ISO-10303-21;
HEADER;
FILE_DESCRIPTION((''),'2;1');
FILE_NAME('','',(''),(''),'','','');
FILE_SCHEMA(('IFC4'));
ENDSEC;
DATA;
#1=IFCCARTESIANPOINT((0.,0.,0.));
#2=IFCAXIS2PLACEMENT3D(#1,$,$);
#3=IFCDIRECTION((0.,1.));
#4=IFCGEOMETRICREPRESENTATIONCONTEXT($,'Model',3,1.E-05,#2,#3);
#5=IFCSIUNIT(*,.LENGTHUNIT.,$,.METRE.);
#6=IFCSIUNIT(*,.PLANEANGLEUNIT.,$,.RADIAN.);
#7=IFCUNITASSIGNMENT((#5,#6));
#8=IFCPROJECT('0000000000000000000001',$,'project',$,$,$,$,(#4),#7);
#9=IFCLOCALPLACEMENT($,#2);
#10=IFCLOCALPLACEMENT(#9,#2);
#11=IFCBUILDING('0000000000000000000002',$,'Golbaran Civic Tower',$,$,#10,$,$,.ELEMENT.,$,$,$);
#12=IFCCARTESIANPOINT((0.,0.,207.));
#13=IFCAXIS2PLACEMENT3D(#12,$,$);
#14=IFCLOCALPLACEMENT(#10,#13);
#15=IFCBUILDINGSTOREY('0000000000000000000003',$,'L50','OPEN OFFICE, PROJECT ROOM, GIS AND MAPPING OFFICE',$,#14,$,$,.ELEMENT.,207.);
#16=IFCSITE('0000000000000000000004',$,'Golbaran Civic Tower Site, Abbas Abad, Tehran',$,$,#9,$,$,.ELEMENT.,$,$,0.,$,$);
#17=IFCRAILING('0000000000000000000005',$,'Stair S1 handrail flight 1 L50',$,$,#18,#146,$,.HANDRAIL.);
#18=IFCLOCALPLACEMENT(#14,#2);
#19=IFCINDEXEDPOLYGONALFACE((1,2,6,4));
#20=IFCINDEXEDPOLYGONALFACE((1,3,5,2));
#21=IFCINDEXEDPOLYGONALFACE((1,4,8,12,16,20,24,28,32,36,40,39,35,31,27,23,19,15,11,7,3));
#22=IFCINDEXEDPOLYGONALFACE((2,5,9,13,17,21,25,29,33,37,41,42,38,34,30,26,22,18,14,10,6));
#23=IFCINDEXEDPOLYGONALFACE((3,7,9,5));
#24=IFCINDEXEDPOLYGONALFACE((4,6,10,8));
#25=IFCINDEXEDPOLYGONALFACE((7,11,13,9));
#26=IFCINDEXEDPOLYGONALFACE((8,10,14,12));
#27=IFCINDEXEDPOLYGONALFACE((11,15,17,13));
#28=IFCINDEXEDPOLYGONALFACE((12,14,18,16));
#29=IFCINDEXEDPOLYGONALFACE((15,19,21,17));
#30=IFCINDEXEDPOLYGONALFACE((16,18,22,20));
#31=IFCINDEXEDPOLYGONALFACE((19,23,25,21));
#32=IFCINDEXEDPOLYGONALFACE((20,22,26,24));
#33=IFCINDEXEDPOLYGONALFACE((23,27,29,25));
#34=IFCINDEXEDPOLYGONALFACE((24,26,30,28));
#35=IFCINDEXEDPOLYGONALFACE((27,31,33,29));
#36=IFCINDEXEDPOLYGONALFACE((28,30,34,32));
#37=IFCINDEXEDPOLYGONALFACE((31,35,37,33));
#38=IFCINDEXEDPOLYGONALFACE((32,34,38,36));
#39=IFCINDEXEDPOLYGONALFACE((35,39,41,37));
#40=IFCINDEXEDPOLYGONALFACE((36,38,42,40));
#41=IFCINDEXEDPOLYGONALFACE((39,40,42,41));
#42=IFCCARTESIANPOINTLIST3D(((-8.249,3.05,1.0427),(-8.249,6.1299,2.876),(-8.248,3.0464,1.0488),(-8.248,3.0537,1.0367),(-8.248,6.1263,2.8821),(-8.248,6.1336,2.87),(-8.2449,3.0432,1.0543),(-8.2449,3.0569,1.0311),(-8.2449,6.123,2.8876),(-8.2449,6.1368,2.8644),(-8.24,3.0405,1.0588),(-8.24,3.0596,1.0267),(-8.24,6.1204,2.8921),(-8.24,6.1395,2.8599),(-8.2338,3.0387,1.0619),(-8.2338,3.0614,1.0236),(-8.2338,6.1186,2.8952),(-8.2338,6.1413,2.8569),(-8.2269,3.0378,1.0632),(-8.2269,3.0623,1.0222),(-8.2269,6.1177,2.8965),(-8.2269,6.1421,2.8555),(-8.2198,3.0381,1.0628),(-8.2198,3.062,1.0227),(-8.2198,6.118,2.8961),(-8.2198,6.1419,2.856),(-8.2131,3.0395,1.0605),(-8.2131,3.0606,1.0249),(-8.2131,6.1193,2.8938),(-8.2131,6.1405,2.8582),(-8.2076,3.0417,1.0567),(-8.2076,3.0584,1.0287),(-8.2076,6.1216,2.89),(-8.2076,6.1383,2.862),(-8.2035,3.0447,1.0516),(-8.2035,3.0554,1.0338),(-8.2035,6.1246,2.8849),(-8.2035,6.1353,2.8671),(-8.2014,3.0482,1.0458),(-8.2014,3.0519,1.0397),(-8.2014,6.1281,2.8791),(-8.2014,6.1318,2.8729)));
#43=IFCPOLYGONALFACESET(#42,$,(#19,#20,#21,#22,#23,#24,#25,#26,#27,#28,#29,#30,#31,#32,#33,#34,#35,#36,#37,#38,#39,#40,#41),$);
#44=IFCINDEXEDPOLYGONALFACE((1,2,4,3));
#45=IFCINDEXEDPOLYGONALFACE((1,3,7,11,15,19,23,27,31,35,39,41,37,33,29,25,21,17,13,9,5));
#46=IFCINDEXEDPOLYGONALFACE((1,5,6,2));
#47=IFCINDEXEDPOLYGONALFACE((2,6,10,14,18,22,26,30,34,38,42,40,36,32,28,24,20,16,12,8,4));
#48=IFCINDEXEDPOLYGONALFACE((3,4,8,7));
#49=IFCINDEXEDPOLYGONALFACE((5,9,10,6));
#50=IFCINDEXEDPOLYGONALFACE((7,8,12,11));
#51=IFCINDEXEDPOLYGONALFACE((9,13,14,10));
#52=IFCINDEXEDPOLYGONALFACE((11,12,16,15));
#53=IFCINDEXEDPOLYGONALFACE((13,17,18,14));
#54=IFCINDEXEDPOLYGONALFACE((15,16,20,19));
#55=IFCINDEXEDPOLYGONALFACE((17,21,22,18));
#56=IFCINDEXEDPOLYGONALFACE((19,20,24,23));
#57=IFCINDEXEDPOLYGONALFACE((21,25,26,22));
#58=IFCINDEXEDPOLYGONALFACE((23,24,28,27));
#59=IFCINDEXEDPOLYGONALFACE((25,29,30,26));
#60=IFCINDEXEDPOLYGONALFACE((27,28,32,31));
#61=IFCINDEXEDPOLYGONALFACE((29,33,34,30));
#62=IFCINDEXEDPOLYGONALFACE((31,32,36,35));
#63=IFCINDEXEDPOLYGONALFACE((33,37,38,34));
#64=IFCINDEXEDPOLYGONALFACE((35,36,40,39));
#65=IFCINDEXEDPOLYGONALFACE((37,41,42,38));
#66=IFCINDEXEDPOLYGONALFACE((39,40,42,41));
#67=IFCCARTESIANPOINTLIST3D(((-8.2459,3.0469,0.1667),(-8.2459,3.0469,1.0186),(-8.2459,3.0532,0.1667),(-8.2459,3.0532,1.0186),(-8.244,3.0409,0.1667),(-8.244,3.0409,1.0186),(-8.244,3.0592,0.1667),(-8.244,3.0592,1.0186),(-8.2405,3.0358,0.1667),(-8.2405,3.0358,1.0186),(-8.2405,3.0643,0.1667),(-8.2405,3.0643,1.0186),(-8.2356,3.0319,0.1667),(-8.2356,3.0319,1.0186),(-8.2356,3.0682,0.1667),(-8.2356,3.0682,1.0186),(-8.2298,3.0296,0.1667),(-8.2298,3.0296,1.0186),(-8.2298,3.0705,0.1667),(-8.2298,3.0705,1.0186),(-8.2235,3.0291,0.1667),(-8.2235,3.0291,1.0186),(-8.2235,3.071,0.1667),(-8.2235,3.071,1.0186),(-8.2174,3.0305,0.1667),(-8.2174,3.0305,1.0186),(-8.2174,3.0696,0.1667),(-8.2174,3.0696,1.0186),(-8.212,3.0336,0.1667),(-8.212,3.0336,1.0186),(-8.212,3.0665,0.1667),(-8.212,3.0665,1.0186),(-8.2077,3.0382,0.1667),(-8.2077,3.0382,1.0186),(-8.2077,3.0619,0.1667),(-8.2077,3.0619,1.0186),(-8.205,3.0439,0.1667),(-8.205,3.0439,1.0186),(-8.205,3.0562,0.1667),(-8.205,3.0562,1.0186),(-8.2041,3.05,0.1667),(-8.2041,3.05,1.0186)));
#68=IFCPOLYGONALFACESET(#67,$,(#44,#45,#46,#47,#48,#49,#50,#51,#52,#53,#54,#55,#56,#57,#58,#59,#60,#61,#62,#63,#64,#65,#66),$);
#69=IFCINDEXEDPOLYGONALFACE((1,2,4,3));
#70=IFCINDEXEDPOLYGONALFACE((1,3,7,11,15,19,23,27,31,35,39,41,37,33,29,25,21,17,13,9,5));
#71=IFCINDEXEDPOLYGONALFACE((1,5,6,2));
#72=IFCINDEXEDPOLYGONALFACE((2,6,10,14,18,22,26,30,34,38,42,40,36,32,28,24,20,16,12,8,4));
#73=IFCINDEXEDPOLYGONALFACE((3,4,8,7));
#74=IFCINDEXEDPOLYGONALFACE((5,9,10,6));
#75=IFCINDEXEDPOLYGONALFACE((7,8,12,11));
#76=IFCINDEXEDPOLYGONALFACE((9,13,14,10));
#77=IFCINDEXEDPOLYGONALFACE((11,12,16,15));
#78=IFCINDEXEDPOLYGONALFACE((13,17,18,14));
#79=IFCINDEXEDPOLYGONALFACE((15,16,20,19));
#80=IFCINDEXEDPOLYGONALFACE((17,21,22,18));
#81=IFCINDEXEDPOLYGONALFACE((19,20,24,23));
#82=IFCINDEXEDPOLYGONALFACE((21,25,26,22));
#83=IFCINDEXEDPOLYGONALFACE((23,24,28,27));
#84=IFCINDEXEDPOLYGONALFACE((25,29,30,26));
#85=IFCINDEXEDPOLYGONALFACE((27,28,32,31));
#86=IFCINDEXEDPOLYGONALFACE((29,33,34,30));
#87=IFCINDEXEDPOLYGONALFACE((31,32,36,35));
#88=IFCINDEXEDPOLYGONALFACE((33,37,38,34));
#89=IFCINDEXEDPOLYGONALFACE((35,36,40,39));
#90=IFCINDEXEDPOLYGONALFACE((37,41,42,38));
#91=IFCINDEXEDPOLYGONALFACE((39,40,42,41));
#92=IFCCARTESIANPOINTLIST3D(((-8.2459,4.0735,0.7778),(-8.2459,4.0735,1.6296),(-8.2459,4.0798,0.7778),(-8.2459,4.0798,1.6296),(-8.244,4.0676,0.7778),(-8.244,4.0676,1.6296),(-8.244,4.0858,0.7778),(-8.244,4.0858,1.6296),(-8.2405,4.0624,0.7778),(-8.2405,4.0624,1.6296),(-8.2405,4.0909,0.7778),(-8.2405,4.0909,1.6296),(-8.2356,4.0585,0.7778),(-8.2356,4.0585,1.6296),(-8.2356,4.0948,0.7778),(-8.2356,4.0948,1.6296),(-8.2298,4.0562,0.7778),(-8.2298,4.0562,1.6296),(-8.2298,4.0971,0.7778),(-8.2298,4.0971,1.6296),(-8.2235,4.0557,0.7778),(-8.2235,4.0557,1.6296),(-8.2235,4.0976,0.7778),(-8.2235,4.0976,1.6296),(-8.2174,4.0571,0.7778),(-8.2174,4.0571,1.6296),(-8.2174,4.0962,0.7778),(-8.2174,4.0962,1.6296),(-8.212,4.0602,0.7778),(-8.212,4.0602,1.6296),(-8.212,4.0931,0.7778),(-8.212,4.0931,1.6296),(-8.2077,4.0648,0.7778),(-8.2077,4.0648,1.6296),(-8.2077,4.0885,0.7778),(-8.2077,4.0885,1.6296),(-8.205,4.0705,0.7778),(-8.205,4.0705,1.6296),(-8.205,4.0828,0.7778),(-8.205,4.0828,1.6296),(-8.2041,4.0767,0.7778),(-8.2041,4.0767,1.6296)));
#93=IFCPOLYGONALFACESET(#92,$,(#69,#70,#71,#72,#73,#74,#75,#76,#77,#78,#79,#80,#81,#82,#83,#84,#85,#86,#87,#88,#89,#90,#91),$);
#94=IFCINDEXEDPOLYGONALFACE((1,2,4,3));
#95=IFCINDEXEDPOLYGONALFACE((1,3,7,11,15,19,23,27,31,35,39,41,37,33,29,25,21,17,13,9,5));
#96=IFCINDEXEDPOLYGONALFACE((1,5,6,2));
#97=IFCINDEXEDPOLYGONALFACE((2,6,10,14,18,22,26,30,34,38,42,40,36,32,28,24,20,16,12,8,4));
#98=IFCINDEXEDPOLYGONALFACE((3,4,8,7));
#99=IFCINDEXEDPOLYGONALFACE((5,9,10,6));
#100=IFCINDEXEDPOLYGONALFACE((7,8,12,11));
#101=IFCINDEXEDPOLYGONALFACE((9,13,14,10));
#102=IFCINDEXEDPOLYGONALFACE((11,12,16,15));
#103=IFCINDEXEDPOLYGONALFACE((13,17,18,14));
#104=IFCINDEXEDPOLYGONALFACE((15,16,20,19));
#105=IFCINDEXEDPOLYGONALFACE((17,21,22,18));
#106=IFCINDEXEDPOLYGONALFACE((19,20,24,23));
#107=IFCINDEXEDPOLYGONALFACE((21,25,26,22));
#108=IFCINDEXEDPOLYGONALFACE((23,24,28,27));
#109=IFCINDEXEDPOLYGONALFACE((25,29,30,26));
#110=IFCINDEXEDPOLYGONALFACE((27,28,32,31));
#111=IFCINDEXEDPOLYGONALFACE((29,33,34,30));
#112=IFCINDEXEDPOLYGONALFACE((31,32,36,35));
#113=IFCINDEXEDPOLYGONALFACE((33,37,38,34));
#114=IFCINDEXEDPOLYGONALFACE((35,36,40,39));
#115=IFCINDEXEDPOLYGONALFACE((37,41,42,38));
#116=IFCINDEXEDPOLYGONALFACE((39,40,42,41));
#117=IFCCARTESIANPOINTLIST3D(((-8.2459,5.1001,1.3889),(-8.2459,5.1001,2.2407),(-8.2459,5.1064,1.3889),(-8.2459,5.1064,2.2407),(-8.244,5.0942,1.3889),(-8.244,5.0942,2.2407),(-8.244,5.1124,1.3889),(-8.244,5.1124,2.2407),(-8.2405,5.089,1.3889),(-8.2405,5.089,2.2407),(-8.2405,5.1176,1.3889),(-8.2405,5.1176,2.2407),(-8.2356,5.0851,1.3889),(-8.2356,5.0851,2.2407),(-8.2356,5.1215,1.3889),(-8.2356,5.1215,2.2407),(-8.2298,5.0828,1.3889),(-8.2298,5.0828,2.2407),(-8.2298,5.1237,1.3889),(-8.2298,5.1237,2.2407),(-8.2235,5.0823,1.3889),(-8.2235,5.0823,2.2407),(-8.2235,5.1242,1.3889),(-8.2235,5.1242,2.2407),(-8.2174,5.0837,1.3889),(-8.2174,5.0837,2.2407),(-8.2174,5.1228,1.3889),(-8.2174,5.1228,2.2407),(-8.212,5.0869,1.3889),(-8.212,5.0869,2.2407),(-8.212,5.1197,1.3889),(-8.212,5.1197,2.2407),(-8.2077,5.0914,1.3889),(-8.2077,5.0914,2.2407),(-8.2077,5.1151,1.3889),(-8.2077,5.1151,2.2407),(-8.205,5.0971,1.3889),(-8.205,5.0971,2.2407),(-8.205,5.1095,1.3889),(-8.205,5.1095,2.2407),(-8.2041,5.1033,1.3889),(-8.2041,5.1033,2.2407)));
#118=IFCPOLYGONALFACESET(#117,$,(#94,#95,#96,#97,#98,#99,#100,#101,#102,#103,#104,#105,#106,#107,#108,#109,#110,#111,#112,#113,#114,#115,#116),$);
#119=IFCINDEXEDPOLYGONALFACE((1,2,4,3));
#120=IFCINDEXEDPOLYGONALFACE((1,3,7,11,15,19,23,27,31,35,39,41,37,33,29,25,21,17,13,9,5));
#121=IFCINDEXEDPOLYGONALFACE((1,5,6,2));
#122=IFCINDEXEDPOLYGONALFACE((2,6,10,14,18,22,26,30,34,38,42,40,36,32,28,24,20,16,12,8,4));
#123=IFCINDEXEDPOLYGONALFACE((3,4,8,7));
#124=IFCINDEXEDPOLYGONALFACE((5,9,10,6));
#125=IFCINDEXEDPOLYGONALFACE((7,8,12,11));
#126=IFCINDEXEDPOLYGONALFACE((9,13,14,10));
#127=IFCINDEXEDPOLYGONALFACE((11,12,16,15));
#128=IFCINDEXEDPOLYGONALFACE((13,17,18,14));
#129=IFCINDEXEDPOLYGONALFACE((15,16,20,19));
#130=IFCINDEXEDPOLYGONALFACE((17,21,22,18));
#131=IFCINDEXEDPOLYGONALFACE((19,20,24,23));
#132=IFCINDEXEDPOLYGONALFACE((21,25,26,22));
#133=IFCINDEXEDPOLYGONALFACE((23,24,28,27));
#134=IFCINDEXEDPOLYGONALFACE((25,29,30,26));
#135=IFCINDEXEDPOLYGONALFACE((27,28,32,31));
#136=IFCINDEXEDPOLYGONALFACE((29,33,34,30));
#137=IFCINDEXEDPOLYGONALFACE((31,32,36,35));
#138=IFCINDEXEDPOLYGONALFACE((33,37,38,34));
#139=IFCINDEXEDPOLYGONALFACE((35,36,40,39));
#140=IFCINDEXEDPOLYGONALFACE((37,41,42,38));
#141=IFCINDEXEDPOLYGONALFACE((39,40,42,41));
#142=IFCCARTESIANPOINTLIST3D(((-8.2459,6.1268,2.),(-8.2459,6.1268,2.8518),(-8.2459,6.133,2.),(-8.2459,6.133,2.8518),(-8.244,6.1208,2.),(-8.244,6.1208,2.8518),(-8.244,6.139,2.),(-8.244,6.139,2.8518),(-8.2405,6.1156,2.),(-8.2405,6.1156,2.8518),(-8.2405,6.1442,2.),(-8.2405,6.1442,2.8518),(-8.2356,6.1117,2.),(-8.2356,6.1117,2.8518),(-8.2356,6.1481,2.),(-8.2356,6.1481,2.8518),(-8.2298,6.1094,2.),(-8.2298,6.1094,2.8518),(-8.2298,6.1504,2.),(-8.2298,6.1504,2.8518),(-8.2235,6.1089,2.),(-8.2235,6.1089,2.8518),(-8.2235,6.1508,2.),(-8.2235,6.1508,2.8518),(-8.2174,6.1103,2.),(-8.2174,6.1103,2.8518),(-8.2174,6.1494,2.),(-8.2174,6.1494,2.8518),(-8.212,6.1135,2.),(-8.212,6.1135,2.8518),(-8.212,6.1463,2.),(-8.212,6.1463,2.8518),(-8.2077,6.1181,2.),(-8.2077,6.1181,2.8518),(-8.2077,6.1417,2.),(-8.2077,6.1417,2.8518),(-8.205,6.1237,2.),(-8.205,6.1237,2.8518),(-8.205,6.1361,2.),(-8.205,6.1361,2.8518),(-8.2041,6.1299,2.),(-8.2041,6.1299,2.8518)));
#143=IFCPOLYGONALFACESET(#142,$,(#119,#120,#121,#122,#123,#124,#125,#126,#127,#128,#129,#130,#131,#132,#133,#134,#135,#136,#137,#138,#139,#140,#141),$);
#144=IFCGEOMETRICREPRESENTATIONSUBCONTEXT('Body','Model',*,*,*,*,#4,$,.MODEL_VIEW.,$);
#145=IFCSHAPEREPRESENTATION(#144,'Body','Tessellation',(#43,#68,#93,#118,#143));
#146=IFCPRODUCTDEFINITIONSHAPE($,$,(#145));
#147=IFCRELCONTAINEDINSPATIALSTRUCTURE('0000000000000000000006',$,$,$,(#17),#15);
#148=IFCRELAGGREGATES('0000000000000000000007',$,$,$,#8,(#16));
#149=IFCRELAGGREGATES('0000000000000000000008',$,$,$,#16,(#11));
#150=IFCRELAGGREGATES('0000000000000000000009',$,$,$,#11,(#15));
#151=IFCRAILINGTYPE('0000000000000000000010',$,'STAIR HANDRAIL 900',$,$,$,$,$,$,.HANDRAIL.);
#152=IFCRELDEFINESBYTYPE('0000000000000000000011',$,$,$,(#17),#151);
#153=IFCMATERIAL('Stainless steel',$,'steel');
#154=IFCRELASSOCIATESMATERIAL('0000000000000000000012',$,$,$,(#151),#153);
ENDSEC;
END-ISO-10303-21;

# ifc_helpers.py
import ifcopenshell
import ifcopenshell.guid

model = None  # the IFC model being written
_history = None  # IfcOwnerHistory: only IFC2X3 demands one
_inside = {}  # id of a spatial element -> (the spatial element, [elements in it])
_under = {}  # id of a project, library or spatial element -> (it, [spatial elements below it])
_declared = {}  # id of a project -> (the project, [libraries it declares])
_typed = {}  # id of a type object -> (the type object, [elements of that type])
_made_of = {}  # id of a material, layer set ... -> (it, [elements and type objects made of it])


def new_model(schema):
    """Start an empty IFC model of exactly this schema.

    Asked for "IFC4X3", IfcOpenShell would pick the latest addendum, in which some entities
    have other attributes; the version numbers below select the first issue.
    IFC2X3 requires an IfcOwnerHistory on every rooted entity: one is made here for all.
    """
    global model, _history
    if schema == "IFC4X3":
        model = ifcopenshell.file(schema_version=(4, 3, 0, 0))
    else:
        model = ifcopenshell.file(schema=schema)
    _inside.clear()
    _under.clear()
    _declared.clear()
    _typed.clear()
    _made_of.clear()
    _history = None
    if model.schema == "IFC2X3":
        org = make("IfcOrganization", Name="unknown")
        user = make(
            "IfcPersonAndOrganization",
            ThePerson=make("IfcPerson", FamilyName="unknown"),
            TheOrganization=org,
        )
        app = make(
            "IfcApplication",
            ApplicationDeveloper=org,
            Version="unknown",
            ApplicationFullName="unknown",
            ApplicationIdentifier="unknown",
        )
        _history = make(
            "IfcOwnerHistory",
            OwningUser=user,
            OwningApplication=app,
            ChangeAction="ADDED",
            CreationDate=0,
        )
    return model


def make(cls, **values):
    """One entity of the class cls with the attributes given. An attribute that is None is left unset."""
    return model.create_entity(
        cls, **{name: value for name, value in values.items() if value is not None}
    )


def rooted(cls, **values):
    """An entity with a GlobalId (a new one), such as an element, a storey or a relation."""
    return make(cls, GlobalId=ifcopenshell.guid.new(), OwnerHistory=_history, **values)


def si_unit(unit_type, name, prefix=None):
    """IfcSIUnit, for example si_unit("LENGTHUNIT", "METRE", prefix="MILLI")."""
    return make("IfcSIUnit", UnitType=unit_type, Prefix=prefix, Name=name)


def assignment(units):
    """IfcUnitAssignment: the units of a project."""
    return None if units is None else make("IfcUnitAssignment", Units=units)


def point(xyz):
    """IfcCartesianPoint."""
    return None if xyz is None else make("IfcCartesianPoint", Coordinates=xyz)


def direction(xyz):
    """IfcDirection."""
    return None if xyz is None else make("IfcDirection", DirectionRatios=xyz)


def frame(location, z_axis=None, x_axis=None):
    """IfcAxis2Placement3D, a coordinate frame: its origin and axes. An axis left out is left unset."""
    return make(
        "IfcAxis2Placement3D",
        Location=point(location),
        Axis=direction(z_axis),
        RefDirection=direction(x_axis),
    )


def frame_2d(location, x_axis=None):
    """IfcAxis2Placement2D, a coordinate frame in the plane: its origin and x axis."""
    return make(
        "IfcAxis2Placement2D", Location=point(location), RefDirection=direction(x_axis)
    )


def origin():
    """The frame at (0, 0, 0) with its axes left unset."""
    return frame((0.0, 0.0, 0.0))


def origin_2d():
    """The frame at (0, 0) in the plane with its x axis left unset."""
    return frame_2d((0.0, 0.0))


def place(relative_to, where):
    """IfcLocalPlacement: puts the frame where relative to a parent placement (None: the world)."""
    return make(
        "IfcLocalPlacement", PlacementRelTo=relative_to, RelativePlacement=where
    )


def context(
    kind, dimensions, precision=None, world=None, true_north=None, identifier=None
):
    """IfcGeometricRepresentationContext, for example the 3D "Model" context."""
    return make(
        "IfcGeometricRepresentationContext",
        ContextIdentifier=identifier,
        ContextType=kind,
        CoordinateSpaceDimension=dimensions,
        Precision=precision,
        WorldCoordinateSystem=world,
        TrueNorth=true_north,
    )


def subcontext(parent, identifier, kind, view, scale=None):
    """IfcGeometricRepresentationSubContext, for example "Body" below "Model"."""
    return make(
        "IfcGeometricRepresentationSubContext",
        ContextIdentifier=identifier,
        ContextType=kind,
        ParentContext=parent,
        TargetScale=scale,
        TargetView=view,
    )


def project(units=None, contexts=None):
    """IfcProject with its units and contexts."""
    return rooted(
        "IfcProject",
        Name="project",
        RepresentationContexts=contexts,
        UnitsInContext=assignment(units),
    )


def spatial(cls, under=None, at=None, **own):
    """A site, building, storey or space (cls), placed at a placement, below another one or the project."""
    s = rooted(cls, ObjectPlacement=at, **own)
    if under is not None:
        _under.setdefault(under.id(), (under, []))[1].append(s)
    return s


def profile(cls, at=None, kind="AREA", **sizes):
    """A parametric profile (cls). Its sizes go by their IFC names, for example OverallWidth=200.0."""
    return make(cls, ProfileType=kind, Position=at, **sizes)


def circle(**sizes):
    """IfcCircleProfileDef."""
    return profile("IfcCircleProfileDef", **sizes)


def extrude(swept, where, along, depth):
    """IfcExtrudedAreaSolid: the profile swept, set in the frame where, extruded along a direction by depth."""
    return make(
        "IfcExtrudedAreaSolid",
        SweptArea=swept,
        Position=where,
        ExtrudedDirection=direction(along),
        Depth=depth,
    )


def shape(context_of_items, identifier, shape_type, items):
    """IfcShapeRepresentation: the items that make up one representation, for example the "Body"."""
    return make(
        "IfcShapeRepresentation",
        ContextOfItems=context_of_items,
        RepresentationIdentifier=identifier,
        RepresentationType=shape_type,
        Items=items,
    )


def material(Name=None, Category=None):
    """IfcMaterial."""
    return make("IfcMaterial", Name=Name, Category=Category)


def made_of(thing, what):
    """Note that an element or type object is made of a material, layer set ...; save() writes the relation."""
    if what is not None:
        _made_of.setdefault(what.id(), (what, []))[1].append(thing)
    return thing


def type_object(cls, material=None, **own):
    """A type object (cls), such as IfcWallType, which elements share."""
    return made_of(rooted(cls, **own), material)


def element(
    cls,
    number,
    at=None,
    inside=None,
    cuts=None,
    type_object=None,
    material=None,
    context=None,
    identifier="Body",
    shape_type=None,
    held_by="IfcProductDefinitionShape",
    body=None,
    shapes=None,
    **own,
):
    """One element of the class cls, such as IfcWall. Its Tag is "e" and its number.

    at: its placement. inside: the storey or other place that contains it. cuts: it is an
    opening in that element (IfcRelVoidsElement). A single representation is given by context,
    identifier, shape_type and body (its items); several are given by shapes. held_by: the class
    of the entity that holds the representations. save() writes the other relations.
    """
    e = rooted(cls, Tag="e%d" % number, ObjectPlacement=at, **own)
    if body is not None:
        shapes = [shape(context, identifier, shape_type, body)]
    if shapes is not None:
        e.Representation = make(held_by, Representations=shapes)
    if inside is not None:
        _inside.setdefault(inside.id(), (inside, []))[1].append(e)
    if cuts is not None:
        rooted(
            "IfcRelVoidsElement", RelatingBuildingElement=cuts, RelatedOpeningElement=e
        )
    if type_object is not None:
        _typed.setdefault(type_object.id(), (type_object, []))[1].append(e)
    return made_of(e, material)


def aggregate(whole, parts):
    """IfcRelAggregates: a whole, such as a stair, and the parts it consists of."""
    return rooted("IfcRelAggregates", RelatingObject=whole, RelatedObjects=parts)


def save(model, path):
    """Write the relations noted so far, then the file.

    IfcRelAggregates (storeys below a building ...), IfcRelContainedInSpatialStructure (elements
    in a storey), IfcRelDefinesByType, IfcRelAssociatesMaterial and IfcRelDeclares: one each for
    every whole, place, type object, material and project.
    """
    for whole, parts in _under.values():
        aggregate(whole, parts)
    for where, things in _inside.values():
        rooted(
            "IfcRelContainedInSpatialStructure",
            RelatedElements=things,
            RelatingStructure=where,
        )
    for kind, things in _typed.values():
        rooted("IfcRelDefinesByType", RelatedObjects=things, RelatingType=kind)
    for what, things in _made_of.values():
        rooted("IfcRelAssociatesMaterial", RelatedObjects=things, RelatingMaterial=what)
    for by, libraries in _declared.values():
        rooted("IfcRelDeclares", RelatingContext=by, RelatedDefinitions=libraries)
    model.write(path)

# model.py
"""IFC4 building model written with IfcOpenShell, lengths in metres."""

from ifc_helpers import new_model, si_unit, direction, frame, origin, origin_2d, place, context, subcontext, project, spatial, circle, extrude, material, type_object, element, save


model = new_model("IFC4")

# Units and contexts
model_context = context("Model", 3, precision=1e-05, world=origin(), true_north=direction((0.0, 1.0)))
body_context = subcontext(model_context, "Body", "Model", "MODEL_VIEW")
ifc_project = project(units=[si_unit("LENGTHUNIT", "METRE"), si_unit("PLANEANGLEUNIT", "RADIAN")], contexts=[model_context])

# Site, building, storey
site_placement = place(None, origin())
site = spatial("IfcSite", under=ifc_project, at=site_placement, Name="Golbaran Civic Tower Site, Abbas Abad, Tehran", CompositionType="ELEMENT", RefElevation=0.0)
building_placement = place(site_placement, origin())
building = spatial("IfcBuilding", under=site, at=building_placement, Name="Golbaran Civic Tower", CompositionType="ELEMENT")
storey_placement = place(building_placement, frame((0.0, 0.0, 207.0)))
storey = spatial("IfcBuildingStorey", under=building, at=storey_placement, Name="L50", Description="OPEN OFFICE, PROJECT ROOM, GIS AND MAPPING OFFICE", CompositionType="ELEMENT", Elevation=207.0)

# Shared definitions
ifc_material_1 = material(Name="Stainless steel", Category="steel")

# Railing
railing_type = type_object("IfcRailingType", Name="STAIR HANDRAIL 900", PredefinedType="HANDRAIL", material=ifc_material_1)
railing_1_placement = place(storey_placement, frame((-8.2251, 3.05, 0.1667)))
element("IfcRailing", 1, at=railing_1_placement, inside=storey, type_object=railing_type, Name="Stair S1 handrail flight 1 L50", PredefinedType="HANDRAIL", context=body_context, shape_type="SweptSolid", body=[
    extrude(circle(Radius=0.0239, at=origin_2d()), frame((0.0, 0.0, 0.876), z_axis=(0.0, 0.859291, 0.511487), x_axis=(-1.0, 0.0, 0.0)), (0.0, 0.0, 1.0), 3.5842),
    extrude(circle(Radius=0.021, at=origin_2d()), origin(), (0.0, 0.0, 1.0), 0.8518),
    extrude(circle(Radius=0.021, at=origin_2d()), frame((0.0, 1.0266, 0.6111)), (0.0, 0.0, 1.0), 0.8518),
    extrude(circle(Radius=0.021, at=origin_2d()), frame((0.0, 2.0532, 1.2222)), (0.0, 0.0, 1.0), 0.8518),
    extrude(circle(Radius=0.021, at=origin_2d()), frame((0.0, 3.0798, 1.8333)), (0.0, 0.0, 1.0), 0.8518),
])

save(model, "model.ifc")
